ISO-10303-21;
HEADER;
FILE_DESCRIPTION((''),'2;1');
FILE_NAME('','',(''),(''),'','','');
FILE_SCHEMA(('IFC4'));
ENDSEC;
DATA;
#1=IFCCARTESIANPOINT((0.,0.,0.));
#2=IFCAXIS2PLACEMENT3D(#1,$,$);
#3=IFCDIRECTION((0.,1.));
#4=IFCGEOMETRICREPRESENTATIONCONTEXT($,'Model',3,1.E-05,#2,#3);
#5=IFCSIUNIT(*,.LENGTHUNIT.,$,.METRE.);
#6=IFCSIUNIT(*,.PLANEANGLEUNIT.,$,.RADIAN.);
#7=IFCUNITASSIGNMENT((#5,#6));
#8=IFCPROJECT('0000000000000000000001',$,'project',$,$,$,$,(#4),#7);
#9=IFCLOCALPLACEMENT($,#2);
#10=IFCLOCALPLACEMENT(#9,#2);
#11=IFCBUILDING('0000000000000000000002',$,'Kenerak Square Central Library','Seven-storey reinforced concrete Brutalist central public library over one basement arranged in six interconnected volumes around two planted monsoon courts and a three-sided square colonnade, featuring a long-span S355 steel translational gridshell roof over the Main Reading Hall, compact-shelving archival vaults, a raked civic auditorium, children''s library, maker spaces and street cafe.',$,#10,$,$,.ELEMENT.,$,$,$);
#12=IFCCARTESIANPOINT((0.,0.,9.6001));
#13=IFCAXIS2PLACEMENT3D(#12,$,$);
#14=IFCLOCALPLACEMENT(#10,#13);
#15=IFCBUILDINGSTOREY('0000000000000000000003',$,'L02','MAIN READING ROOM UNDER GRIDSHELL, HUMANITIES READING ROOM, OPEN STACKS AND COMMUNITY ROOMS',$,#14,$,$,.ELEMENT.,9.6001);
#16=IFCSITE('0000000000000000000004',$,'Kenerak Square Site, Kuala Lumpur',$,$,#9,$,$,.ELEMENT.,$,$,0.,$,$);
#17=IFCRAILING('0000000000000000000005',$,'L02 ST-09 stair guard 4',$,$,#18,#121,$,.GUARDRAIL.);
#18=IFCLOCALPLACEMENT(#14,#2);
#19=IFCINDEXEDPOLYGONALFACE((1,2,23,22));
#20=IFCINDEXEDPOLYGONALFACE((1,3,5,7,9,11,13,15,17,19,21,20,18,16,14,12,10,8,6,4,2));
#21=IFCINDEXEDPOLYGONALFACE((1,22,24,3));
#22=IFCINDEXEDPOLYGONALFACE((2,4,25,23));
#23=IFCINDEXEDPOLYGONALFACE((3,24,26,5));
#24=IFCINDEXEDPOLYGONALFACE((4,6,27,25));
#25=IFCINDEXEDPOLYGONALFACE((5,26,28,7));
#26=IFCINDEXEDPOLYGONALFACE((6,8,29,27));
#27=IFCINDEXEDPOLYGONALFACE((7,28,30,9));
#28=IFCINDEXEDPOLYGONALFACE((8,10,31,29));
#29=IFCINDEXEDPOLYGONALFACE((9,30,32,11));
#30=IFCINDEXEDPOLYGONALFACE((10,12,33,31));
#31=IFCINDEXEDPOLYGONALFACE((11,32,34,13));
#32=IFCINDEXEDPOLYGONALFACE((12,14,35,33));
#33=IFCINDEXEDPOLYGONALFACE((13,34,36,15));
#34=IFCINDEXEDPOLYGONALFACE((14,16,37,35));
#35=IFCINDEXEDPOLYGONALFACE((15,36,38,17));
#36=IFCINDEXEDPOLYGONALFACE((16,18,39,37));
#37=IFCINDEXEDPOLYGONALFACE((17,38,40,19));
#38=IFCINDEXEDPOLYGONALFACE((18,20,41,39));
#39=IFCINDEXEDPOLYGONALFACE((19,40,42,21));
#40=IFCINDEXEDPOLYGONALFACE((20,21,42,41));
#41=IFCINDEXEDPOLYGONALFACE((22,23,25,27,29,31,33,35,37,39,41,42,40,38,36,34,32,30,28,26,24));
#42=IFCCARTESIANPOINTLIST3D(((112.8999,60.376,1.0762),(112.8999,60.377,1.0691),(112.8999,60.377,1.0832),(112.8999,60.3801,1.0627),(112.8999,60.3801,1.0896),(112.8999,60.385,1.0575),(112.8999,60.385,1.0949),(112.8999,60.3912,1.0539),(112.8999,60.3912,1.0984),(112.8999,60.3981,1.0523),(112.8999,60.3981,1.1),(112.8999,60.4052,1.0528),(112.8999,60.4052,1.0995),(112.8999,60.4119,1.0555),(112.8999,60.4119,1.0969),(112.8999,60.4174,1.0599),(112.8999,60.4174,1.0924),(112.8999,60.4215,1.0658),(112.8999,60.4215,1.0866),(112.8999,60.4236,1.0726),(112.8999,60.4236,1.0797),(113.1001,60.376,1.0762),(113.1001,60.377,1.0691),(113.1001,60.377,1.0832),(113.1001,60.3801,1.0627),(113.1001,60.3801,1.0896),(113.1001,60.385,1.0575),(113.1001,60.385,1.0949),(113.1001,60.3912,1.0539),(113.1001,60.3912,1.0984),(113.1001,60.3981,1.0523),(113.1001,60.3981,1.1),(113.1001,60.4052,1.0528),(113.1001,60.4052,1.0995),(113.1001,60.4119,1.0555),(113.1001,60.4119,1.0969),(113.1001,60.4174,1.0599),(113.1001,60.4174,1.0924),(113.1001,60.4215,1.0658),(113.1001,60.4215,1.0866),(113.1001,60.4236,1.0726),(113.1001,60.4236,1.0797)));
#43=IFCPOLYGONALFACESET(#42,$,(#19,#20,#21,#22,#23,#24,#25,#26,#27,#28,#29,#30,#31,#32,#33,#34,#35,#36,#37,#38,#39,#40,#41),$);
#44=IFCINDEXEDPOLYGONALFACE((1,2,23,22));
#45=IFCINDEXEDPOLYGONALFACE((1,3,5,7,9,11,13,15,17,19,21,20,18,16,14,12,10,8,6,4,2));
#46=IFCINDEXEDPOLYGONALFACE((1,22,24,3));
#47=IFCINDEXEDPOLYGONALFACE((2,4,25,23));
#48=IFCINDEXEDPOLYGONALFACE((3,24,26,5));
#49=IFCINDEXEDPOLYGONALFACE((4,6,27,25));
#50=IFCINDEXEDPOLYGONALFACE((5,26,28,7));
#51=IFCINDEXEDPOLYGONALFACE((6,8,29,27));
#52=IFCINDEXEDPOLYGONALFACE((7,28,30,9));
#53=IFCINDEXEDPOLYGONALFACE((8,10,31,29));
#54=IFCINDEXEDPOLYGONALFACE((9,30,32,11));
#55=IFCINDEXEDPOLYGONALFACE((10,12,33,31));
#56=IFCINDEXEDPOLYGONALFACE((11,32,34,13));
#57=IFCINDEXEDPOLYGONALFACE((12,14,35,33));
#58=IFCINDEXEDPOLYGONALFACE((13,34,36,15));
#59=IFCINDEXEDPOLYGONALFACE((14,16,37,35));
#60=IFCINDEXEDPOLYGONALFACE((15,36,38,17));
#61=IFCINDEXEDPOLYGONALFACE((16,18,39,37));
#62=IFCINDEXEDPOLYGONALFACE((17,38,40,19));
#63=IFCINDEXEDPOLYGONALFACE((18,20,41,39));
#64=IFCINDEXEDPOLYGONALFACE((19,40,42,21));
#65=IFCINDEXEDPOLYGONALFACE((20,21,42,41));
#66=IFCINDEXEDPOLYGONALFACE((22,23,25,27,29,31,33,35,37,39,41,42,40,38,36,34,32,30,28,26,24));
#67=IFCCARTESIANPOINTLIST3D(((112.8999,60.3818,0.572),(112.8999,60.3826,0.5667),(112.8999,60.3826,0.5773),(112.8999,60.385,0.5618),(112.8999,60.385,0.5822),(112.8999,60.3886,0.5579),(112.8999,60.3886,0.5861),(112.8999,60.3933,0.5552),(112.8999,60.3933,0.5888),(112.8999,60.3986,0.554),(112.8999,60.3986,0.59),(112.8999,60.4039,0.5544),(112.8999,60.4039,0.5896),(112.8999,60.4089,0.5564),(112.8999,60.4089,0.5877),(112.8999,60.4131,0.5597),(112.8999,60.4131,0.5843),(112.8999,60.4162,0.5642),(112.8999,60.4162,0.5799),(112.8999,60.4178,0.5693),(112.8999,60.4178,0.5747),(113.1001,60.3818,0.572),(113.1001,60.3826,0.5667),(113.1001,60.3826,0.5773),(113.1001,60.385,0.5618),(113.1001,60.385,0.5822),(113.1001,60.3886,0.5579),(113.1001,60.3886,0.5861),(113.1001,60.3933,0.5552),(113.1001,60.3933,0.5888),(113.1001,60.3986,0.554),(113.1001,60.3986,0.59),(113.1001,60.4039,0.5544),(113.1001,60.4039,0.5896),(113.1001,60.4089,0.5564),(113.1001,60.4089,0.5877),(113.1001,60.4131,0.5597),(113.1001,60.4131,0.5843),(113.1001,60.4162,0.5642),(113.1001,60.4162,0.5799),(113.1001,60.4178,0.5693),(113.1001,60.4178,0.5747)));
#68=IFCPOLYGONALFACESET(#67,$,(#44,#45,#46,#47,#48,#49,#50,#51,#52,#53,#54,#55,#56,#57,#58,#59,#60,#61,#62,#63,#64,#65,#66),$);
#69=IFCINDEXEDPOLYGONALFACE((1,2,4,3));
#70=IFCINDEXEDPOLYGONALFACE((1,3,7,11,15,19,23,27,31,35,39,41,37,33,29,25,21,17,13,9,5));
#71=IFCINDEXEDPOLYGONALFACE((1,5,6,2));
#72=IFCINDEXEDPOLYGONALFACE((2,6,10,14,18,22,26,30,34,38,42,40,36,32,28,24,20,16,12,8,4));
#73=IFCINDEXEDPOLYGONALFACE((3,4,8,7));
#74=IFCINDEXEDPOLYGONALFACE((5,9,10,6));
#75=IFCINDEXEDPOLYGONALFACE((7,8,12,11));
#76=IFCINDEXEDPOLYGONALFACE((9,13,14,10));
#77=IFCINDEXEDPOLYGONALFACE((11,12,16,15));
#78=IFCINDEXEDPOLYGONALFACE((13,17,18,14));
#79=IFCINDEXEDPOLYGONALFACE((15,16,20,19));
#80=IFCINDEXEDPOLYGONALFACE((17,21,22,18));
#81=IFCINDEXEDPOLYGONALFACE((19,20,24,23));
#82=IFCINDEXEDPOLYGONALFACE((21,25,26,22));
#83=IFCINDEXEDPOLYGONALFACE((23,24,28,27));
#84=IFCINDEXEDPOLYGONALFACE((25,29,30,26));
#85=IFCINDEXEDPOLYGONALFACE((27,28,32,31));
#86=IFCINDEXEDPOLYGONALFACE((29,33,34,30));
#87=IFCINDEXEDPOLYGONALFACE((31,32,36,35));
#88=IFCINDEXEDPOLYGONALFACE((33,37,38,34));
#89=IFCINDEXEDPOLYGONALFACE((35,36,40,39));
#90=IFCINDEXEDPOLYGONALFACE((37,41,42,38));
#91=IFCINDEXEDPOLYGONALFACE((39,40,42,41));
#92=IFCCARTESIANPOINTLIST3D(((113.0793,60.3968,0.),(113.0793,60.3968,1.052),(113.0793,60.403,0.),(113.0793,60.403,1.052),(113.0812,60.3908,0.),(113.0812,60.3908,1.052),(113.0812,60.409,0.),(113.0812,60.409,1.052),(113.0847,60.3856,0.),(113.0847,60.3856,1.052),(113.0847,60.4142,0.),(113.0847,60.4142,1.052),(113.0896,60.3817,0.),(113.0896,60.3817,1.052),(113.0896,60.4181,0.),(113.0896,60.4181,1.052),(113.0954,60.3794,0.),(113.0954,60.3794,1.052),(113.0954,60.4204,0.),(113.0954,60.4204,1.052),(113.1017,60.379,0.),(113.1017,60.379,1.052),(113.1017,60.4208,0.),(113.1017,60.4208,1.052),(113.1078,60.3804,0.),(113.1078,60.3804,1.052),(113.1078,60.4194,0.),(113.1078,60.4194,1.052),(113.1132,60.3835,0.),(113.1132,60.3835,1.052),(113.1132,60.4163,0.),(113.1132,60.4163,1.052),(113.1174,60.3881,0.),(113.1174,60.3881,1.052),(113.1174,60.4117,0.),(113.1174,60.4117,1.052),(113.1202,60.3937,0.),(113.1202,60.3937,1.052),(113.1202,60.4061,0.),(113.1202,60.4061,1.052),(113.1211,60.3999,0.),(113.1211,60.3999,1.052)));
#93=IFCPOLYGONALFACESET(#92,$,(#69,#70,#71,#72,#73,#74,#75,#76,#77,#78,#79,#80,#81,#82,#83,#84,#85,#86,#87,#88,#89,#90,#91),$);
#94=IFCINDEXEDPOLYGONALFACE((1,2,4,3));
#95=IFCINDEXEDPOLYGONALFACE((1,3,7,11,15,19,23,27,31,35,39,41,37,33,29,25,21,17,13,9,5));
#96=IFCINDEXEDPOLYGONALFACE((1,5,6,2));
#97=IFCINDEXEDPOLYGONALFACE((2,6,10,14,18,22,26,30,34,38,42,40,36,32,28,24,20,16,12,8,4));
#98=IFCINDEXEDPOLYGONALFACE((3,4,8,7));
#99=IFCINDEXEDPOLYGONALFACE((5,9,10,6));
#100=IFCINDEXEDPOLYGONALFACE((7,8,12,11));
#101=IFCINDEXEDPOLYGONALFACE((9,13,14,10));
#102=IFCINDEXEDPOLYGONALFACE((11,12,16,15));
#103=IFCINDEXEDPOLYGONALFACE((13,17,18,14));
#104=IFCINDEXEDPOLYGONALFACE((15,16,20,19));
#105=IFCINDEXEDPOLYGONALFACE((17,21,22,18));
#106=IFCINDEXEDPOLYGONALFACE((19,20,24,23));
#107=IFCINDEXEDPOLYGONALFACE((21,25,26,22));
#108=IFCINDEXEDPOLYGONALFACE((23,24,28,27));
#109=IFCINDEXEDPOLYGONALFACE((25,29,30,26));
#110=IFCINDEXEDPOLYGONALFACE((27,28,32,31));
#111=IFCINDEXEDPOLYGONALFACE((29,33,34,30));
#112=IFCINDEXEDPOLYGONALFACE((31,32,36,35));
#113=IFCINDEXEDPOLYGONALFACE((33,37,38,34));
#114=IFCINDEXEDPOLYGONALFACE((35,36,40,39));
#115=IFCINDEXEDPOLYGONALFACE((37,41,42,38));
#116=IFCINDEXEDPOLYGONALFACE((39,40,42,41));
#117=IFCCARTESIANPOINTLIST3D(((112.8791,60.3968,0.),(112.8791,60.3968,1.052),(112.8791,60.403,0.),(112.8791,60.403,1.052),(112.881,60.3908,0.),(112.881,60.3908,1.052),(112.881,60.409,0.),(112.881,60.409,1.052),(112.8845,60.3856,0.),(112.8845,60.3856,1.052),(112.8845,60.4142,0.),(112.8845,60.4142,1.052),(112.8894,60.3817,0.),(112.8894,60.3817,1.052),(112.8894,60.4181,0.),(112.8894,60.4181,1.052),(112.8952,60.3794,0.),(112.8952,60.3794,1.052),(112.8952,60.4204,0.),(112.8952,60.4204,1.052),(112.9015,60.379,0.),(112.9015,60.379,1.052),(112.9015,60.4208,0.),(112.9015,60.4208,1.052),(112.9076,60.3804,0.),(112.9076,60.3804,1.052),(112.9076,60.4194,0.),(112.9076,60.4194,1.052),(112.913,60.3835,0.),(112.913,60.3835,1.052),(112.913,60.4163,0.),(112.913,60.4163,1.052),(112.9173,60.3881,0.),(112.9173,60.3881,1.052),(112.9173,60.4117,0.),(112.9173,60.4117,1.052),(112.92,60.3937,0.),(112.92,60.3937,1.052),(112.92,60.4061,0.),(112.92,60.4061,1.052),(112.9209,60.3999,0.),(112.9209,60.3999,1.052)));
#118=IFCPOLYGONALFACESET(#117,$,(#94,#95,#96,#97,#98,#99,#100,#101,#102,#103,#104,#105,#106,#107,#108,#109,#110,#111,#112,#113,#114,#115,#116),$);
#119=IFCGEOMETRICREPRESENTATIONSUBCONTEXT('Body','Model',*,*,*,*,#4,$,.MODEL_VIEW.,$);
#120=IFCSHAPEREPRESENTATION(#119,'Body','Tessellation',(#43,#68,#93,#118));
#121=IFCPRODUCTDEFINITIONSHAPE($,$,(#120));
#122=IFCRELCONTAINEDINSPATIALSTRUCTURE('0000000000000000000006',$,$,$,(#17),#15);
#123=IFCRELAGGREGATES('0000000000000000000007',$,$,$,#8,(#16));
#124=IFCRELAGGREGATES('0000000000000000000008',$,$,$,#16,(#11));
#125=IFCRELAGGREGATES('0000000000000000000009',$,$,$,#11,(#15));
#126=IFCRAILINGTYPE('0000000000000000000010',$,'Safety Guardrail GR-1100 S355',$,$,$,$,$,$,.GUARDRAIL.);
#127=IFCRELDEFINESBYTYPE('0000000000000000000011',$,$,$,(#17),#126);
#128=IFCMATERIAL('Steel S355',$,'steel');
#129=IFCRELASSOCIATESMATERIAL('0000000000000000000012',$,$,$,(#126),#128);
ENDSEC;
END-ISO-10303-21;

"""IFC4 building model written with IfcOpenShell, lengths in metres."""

from ifc_helpers import new_model, si_unit, direction, frame, origin, origin_2d, place, context, subcontext, project, spatial, circle, extrude, material, type_object, element, save


model = new_model("IFC4")

# Units and contexts
model_context = context("Model", 3, precision=1e-05, world=origin(), true_north=direction((0.0, 1.0)))
body_context = subcontext(model_context, "Body", "Model", "MODEL_VIEW")
ifc_project = project(units=[si_unit("LENGTHUNIT", "METRE"), si_unit("PLANEANGLEUNIT", "RADIAN")], contexts=[model_context])

# Site, building, storey
site_placement = place(None, origin())
site = spatial("IfcSite", under=ifc_project, at=site_placement, Name="Kenerak Square Site, Kuala Lumpur", CompositionType="ELEMENT", RefElevation=0.0)
building_placement = place(site_placement, origin())
building = spatial("IfcBuilding", under=site, at=building_placement, Name="Kenerak Square Central Library", Description="Seven-storey reinforced concrete Brutalist central public library over one basement arranged in six interconnected volumes around two planted monsoon courts and a three-sided square colonnade, featuring a long-span S355 steel translational gridshell roof over the Main Reading Hall, compact-shelving archival vaults, a raked civic auditorium, children's library, maker spaces and street cafe.", CompositionType="ELEMENT")
storey_placement = place(building_placement, frame((0.0, 0.0, 9.6001)))
storey = spatial("IfcBuildingStorey", under=building, at=storey_placement, Name="L02", Description="MAIN READING ROOM UNDER GRIDSHELL, HUMANITIES READING ROOM, OPEN STACKS AND COMMUNITY ROOMS", CompositionType="ELEMENT", Elevation=9.6001)

# Shared definitions
ifc_material_1 = material(Name="Steel S355", Category="steel")

# Railing
railing_type_1 = type_object("IfcRailingType", Name="Safety Guardrail GR-1100 S355", PredefinedType="GUARDRAIL", material=ifc_material_1)
railing_1_placement = place(storey_placement, frame((113.1001, 60.3999, 0.0)))
element("IfcRailing", 1, at=railing_1_placement, inside=storey, type_object=railing_type_1, Name="L02 ST-09 stair guard 4", PredefinedType="GUARDRAIL", context=body_context, shape_type="SweptSolid", body=[
    extrude(circle(Radius=0.0239, at=origin_2d()), frame((0.0, 0.0, 1.0762), z_axis=(-1.0, 0.0, 0.0), x_axis=(0.0, -1.0, 0.0)), (0.0, 0.0, 1.0), 0.2002),
    extrude(circle(Radius=0.0181, at=origin_2d()), frame((0.0, 0.0, 0.572), z_axis=(-1.0, 0.0, 0.0), x_axis=(0.0, -1.0, 0.0)), (0.0, 0.0, 1.0), 0.2002),
    extrude(circle(Radius=0.021, at=origin_2d()), origin(), (0.0, 0.0, 1.0), 1.052),
    extrude(circle(Radius=0.021, at=origin_2d()), frame((-0.2002, 0.0, 0.0)), (0.0, 0.0, 1.0), 1.052),
])

save(model, "model.ifc")
